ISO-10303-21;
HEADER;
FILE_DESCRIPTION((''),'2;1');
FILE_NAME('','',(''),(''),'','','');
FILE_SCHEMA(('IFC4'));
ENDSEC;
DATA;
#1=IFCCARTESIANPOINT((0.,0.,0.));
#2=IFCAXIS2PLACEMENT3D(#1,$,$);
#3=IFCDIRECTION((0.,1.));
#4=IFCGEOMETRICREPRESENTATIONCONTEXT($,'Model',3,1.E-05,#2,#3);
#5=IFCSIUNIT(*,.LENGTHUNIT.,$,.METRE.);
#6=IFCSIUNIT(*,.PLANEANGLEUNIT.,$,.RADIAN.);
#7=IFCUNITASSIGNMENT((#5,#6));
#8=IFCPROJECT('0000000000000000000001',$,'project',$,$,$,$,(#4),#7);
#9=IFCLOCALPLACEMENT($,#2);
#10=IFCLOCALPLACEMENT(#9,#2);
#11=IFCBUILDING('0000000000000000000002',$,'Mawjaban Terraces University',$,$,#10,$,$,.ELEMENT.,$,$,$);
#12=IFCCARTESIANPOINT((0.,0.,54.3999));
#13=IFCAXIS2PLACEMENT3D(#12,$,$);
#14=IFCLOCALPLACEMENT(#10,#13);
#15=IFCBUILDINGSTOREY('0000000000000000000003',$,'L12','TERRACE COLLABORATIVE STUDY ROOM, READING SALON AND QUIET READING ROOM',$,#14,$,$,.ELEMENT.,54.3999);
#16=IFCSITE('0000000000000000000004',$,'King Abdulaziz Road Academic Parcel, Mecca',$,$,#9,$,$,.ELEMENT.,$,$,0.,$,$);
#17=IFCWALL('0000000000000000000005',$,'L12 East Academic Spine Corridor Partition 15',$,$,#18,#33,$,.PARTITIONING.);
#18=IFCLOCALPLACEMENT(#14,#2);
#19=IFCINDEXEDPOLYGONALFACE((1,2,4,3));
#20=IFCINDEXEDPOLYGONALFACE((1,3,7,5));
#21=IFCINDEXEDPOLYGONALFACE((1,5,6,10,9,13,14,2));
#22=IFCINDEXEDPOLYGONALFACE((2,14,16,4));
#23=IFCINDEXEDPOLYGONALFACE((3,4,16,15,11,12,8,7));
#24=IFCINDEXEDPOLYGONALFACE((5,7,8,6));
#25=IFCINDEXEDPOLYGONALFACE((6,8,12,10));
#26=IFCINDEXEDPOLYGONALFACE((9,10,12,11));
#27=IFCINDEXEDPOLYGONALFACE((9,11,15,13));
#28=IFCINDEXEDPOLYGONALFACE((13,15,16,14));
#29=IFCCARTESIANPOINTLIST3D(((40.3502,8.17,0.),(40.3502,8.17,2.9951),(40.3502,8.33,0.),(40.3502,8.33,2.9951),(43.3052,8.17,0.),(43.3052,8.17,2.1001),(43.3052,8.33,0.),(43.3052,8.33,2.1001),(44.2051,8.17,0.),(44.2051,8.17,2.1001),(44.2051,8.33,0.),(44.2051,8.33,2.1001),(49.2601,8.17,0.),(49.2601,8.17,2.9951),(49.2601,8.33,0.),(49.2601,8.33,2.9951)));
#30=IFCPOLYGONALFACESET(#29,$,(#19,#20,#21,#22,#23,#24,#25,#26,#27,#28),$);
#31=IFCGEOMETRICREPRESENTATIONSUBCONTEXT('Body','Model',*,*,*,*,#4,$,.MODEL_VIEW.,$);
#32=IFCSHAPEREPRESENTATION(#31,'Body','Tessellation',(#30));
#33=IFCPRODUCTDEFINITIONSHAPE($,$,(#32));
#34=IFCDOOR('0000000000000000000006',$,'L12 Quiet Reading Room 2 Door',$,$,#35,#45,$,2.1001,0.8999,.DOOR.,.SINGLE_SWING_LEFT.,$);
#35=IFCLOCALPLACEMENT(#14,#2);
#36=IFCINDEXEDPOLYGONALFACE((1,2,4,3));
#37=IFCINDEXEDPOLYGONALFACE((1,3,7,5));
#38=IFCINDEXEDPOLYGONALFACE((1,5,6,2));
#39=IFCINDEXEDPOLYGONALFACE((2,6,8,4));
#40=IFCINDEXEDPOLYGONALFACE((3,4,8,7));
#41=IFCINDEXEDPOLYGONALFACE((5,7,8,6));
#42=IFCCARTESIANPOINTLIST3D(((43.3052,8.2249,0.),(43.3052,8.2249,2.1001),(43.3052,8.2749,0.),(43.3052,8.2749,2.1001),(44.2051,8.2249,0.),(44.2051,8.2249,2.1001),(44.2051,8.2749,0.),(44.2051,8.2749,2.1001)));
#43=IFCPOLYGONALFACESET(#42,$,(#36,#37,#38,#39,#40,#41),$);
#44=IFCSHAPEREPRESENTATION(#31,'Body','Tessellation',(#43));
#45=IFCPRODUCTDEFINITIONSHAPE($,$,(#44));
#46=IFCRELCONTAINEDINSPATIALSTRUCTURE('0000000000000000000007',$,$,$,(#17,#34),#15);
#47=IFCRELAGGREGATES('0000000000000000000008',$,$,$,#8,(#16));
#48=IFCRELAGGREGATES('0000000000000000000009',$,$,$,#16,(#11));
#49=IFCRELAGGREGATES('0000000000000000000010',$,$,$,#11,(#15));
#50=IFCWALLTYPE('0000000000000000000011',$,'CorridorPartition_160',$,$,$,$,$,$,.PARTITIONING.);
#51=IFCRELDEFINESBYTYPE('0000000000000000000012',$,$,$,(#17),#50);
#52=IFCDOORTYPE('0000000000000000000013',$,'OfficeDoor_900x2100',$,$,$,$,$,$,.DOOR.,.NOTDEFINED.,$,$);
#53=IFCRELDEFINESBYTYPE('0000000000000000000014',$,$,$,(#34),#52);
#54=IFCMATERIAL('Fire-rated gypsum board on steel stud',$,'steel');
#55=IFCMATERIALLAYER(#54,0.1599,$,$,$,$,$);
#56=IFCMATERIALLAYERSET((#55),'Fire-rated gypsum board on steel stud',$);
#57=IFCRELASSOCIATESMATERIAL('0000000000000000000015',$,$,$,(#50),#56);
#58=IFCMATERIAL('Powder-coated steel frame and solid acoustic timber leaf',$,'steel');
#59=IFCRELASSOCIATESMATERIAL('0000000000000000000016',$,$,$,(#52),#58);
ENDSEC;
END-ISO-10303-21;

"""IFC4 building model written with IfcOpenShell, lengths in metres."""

from ifc_helpers import new_model, si_unit, direction, frame, frame_2d, origin, place, context, subcontext, project, spatial, rectangle, extrude, material, layer, layer_set, type_object, element, fill, save


model = new_model("IFC4")

# Units and contexts
model_context = context("Model", 3, precision=1e-05, world=origin(), true_north=direction((0.0, 1.0)))
body_context = subcontext(model_context, "Body", "Model", "MODEL_VIEW")
ifc_project = project(units=[si_unit("LENGTHUNIT", "METRE"), si_unit("PLANEANGLEUNIT", "RADIAN")], contexts=[model_context])

# Site, building, storey
site_placement = place(None, origin())
site = spatial("IfcSite", under=ifc_project, at=site_placement, Name="King Abdulaziz Road Academic Parcel, Mecca", CompositionType="ELEMENT", RefElevation=0.0)
building_placement = place(site_placement, origin())
building = spatial("IfcBuilding", under=site, at=building_placement, Name="Mawjaban Terraces University", CompositionType="ELEMENT")
storey_placement = place(building_placement, frame((0.0, 0.0, 54.3999)))
storey = spatial("IfcBuildingStorey", under=building, at=storey_placement, Name="L12", Description="TERRACE COLLABORATIVE STUDY ROOM, READING SALON AND QUIET READING ROOM", CompositionType="ELEMENT", Elevation=54.3999)

# Shared definitions
ifc_material_1 = material(Name="Powder-coated steel frame and solid acoustic timber leaf", Category="steel")

# Wall, opening, door
ifc_material_2 = material(Name="Fire-rated gypsum board on steel stud", Category="steel")
ifc_layer_1 = layer(ifc_material_2, 0.1599)
ifc_layer_set_1 = layer_set([ifc_layer_1], Name="Fire-rated gypsum board on steel stud")
wall_type_1 = type_object("IfcWallType", Name="CorridorPartition_160", PredefinedType="PARTITIONING", material=ifc_layer_set_1)
wall_1_placement = place(storey_placement, frame((40.3501, 8.25, 0.0), z_axis=(0.0, 0.0, 1.0), x_axis=(1.0, 0.0, 0.0)))
wall_1 = element("IfcWall", 1, at=wall_1_placement, inside=storey, type_object=wall_type_1, Name="L12 East Academic Spine Corridor Partition 15", PredefinedType="PARTITIONING", context=body_context, shape_type="SweptSolid", body=[
    extrude(rectangle(XDim=8.9099, YDim=0.1599, at=frame_2d((4.4551, 0.0))), origin(), (0.0, 0.0, 1.0), 2.9951),
])
opening_1_placement = place(wall_1_placement, frame((2.9551, 0.0, 0.0)))
opening_1 = element("IfcOpeningElement", 2, at=opening_1_placement, cuts=wall_1, PredefinedType="OPENING", context=body_context, shape_type="SweptSolid", body=[
    extrude(rectangle(XDim=0.8999, YDim=2.1001, at=frame_2d((0.45, 1.05))), frame((0.0, 0.0898, 0.0), z_axis=(0.0, -1.0, 0.0), x_axis=(1.0, 0.0, 0.0)), (0.0, 0.0, 1.0), 0.1799),
])
door_type_1 = type_object("IfcDoorType", Name="OfficeDoor_900x2100", OperationType="NOTDEFINED", PredefinedType="DOOR", material=ifc_material_1)
door_1_placement = place(opening_1_placement, origin())
door_1 = element("IfcDoor", 3, at=door_1_placement, inside=storey, type_object=door_type_1, Name="L12 Quiet Reading Room 2 Door", OperationType="SINGLE_SWING_LEFT", OverallHeight=2.1001, OverallWidth=0.8999, PredefinedType="DOOR", context=body_context, shape_type="SweptSolid", body=[
    extrude(rectangle(XDim=0.8999, YDim=2.1001, at=frame_2d((0.45, 1.05))), frame((0.0, 0.0249, 0.0), z_axis=(0.0, -1.0, 0.0), x_axis=(1.0, 0.0, 0.0)), (0.0, 0.0, 1.0), 0.05),
])
fill(opening_1, door_1)

save(model, "model.ifc")
